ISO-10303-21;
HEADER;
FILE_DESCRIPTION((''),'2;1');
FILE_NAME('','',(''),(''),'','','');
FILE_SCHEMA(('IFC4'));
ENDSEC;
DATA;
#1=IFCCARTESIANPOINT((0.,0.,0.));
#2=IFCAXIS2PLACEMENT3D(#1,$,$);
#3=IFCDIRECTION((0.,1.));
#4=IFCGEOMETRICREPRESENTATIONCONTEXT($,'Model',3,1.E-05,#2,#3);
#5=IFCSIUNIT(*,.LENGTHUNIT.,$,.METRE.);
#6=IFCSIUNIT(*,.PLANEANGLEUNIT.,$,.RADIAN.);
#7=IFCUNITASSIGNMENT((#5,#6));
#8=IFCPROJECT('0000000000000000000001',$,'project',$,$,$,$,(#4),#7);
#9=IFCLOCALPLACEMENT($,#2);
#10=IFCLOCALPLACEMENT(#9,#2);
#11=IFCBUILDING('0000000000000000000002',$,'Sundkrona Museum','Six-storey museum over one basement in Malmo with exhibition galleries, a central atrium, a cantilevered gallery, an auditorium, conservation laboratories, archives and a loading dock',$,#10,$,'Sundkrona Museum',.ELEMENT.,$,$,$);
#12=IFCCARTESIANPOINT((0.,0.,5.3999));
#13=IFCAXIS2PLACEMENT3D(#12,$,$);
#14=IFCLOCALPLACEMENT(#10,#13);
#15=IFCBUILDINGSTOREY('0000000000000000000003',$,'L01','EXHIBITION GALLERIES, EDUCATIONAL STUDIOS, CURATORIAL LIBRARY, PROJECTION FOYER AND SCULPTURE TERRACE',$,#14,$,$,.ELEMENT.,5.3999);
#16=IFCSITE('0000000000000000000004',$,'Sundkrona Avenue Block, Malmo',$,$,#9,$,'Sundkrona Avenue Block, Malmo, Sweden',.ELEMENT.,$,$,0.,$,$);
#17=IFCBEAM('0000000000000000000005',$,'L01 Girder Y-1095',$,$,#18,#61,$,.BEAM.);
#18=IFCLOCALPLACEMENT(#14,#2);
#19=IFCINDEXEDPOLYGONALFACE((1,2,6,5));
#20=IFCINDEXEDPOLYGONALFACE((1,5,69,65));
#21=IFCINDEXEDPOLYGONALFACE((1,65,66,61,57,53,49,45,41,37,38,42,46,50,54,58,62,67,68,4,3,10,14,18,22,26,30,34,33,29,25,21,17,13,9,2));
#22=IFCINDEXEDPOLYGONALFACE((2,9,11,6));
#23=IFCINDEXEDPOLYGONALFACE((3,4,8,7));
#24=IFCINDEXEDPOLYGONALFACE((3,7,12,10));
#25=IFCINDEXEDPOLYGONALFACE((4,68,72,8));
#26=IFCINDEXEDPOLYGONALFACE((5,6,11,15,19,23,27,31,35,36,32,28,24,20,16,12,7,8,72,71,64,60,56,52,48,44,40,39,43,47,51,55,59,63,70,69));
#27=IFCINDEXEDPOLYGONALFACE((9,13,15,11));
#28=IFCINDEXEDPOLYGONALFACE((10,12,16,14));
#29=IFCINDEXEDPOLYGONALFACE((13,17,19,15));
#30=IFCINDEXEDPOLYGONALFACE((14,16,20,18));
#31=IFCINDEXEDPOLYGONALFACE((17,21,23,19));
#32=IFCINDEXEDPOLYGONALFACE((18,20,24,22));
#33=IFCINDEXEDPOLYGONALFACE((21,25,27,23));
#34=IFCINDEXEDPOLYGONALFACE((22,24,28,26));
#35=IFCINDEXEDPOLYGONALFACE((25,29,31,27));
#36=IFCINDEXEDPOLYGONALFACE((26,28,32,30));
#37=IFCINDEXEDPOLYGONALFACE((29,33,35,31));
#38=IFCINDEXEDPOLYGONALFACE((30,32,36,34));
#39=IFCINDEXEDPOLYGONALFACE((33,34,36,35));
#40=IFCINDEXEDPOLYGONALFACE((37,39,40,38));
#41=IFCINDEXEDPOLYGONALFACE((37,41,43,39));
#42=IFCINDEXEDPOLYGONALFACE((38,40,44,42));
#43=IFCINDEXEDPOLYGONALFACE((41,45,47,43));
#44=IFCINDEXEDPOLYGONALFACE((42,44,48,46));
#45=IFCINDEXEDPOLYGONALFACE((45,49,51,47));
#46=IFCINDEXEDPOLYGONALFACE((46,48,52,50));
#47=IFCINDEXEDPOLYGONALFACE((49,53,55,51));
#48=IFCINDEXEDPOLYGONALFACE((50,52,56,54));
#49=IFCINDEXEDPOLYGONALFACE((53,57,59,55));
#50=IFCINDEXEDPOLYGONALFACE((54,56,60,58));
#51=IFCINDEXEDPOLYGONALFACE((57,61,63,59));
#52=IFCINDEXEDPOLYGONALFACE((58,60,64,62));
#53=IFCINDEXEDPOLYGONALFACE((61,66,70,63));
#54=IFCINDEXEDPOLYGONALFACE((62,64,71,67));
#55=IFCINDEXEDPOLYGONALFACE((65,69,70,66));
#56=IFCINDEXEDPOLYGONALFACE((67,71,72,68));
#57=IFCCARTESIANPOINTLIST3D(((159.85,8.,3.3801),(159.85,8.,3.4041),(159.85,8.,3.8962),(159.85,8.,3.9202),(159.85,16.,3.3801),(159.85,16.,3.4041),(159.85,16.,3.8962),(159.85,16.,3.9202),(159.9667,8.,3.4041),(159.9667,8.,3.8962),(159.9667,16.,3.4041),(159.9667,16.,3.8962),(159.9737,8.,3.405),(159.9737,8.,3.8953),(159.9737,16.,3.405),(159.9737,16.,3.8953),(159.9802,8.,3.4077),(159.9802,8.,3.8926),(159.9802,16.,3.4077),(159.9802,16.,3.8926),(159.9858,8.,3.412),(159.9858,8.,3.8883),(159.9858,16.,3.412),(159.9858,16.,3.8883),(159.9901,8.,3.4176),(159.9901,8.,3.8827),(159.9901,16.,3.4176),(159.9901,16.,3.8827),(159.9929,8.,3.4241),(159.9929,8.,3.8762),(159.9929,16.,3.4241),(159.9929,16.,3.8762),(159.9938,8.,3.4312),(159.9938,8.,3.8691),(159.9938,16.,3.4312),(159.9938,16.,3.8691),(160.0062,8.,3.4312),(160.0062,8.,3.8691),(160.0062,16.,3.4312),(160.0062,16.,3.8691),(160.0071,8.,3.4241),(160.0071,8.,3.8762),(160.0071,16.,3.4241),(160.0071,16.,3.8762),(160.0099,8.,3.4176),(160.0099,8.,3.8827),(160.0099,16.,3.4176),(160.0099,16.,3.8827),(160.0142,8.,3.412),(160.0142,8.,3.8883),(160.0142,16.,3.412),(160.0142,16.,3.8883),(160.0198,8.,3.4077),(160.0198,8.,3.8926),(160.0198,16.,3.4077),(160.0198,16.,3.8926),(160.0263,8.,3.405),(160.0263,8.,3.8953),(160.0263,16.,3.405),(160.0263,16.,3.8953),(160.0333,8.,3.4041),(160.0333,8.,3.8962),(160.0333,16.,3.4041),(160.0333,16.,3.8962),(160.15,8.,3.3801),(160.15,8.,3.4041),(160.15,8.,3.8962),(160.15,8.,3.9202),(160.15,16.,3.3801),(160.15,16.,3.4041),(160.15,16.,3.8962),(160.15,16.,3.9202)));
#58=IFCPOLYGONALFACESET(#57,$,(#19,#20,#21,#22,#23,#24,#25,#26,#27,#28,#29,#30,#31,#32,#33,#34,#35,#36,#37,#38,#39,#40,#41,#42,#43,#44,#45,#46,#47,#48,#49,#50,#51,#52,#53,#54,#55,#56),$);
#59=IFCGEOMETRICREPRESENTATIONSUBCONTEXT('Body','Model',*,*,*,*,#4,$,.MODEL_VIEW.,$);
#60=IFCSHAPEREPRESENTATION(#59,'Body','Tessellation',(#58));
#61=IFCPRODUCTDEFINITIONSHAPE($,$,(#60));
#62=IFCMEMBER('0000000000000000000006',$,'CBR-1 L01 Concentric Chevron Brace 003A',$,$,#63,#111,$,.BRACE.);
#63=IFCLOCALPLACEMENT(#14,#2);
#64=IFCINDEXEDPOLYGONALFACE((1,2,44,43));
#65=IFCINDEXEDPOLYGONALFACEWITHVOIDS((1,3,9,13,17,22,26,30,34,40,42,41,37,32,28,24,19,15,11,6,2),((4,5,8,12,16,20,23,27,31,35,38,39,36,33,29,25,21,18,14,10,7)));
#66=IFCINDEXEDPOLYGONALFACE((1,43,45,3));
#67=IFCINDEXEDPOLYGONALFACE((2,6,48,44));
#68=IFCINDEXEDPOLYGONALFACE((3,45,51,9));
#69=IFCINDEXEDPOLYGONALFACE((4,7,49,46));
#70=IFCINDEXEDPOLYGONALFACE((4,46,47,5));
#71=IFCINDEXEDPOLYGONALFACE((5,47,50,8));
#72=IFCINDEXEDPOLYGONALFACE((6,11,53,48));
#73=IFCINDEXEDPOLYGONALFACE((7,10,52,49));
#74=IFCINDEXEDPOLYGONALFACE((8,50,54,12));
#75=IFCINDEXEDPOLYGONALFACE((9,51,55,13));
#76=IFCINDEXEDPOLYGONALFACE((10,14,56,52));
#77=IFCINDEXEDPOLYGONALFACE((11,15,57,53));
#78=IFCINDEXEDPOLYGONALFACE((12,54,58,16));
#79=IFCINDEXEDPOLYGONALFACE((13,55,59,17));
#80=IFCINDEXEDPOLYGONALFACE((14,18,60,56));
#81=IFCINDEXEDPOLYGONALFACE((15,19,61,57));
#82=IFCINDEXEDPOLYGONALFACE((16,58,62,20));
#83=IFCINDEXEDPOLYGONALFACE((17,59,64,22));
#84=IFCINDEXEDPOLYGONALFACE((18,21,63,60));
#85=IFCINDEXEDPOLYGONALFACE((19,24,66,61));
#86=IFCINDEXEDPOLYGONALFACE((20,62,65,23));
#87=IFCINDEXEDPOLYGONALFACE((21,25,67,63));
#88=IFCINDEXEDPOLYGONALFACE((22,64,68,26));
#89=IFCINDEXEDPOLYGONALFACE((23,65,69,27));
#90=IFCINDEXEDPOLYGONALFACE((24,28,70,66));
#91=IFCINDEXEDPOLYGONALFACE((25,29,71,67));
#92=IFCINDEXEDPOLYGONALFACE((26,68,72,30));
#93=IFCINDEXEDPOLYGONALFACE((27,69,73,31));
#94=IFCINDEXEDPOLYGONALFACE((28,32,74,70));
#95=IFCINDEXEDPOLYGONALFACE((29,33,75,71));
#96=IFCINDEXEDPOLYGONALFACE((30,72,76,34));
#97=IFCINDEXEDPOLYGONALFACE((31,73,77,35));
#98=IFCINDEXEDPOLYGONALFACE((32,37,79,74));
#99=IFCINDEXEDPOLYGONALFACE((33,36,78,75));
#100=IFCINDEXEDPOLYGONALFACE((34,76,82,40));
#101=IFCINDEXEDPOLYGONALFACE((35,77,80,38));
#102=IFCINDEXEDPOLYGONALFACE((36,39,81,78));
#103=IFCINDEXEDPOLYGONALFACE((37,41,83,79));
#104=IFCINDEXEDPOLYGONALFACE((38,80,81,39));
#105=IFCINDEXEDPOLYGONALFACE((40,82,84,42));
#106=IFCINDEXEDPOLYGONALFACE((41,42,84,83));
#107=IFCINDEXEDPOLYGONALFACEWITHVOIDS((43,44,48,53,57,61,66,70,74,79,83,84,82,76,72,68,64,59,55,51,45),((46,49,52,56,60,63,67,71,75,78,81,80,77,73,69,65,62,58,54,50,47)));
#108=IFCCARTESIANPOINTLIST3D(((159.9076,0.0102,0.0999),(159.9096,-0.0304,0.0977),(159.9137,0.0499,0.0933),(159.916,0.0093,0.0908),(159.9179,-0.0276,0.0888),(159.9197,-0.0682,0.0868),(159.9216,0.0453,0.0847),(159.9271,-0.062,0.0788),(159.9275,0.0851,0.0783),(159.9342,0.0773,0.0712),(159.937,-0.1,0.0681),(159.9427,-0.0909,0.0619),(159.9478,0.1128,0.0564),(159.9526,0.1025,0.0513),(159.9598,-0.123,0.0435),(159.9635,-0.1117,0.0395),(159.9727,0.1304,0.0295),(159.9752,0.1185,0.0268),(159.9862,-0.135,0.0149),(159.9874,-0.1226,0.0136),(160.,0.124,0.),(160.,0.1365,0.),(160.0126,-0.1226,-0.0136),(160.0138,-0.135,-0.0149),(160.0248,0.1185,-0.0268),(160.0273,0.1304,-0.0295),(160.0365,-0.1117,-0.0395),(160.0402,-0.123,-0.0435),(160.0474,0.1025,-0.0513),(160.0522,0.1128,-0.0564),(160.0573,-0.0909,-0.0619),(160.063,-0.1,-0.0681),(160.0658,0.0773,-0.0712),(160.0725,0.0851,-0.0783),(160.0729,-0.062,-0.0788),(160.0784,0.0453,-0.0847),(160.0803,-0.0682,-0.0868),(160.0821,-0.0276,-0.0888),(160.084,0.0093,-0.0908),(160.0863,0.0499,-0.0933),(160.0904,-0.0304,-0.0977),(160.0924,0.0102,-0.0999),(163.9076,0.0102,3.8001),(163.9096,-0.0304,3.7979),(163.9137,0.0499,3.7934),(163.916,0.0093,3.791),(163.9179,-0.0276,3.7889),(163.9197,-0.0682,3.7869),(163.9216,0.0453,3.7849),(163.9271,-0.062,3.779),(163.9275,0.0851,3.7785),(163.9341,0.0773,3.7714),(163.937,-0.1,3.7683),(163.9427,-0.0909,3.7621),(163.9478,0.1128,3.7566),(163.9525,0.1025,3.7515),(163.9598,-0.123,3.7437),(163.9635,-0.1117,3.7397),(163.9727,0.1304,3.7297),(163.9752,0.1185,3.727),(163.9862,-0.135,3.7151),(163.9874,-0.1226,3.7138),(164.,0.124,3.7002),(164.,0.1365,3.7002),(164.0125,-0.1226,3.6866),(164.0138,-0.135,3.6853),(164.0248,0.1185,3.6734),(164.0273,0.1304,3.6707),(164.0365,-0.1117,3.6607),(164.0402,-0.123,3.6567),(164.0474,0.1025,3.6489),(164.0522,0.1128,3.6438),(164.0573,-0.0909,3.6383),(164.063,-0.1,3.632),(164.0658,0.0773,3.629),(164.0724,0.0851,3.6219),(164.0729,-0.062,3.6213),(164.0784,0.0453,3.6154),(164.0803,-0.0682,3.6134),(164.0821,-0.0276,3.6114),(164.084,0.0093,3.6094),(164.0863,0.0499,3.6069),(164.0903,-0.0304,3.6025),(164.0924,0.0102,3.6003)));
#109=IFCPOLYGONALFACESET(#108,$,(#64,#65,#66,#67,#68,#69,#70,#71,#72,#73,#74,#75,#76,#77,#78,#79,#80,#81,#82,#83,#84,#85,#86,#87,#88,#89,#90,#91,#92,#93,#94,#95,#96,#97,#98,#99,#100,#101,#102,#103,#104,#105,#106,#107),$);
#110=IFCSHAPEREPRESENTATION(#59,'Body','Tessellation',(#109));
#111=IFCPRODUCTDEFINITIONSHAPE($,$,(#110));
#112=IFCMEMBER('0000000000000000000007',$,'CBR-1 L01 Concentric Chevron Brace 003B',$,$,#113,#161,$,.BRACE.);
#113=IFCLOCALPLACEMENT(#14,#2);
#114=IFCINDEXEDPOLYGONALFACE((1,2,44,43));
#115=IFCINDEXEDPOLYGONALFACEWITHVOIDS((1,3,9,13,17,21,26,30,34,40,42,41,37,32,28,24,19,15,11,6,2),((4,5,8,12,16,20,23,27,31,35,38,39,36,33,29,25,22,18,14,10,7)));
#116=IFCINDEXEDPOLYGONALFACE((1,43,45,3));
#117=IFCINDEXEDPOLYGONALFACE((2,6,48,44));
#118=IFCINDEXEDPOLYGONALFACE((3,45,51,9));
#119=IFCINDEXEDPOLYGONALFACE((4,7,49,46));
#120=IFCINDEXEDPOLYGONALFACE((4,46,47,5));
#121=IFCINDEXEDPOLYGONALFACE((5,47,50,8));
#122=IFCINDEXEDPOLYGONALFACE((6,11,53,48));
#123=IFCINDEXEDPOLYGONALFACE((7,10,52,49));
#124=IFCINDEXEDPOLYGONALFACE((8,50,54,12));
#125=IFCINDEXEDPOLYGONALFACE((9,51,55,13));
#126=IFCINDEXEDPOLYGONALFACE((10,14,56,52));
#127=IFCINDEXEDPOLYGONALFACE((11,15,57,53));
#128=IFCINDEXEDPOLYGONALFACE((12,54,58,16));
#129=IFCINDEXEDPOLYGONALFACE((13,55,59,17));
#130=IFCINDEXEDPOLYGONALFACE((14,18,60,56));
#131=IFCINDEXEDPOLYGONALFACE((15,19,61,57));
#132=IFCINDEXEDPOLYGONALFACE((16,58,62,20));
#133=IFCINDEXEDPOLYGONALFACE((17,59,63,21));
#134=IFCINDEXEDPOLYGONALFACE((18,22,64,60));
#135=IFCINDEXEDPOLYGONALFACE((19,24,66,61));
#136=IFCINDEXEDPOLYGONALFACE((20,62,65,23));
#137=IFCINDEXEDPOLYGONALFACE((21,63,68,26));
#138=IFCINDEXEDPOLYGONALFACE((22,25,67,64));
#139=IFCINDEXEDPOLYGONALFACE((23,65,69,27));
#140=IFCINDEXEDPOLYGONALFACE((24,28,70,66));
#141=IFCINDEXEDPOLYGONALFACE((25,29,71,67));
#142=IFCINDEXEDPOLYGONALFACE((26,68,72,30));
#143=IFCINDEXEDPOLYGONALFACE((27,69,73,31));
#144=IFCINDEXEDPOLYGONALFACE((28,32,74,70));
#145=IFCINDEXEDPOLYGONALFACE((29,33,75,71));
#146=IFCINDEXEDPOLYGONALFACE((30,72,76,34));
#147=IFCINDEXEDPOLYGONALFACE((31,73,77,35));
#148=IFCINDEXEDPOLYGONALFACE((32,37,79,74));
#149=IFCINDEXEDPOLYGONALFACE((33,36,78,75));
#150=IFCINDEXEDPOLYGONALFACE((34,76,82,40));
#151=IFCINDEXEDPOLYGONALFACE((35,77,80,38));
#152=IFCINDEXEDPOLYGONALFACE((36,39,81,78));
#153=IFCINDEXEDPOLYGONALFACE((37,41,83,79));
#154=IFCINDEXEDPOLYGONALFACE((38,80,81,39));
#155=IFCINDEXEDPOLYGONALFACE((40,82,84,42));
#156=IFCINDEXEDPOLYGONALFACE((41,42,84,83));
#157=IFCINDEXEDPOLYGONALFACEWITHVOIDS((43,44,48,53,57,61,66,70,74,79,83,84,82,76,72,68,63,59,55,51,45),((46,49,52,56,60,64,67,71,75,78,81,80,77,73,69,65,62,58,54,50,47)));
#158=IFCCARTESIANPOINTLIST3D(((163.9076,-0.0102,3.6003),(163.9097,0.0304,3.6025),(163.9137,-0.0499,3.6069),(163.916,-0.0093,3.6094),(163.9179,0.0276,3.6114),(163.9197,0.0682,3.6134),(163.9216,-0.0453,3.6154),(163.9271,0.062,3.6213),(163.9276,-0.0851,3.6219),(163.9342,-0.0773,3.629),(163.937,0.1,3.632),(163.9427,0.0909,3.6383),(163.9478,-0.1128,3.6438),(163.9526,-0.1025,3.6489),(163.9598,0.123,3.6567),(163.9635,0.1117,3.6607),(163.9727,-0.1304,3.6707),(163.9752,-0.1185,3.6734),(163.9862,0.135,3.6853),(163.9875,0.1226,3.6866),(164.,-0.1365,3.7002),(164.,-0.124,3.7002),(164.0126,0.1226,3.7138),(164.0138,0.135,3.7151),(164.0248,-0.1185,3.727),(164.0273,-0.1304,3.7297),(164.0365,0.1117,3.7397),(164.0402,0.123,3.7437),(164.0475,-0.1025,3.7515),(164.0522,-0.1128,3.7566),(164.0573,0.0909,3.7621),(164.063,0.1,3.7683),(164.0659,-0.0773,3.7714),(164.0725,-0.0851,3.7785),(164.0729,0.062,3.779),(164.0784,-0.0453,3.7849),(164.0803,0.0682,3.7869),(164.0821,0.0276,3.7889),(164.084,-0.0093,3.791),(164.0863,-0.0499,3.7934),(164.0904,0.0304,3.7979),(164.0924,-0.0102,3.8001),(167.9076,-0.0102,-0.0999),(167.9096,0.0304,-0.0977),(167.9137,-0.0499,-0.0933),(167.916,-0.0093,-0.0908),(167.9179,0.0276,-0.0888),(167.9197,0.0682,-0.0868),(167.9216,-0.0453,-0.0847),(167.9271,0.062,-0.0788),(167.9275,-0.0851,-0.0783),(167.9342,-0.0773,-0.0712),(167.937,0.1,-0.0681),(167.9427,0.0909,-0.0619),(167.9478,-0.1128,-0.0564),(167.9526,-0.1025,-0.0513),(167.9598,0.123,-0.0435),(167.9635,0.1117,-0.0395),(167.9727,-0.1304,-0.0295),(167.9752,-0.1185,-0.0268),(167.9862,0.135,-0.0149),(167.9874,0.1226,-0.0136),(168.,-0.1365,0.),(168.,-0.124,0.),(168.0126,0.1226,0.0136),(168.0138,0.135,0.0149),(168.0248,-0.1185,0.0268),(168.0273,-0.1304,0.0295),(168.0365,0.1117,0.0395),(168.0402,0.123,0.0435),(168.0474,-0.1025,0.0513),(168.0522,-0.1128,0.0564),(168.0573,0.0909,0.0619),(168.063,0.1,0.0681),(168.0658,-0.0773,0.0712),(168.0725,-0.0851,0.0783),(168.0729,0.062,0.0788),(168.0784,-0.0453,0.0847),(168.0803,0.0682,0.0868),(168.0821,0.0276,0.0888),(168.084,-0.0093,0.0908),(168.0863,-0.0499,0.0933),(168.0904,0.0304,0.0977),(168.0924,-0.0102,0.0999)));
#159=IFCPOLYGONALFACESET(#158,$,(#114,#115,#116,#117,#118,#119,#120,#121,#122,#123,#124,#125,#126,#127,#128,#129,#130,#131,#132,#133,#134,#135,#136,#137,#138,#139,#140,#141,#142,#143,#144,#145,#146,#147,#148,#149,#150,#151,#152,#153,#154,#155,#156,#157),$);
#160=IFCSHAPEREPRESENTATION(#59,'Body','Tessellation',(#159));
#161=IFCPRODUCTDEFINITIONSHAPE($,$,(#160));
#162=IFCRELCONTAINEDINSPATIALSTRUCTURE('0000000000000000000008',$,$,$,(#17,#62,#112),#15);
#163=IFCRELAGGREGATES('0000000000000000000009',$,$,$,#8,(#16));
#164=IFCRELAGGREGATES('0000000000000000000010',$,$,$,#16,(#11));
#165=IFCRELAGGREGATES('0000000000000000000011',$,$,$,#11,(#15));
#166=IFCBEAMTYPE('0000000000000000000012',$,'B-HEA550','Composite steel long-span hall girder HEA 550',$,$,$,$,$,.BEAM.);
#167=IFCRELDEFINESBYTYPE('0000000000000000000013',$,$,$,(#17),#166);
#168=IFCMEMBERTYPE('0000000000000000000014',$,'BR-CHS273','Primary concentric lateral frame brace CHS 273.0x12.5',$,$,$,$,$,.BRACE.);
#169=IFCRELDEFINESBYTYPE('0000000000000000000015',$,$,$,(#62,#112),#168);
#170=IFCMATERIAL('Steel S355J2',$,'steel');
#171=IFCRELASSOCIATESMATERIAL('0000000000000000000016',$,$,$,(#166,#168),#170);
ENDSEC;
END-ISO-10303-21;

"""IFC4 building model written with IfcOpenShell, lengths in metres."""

from ifc_helpers import new_model, si_unit, direction, frame, origin, origin_2d, place, context, subcontext, project, spatial, hollow_circle, i_section, extrude, material, material_profile, profile_set, type_object, element, save


model = new_model("IFC4")

# Units and contexts
model_context = context("Model", 3, precision=1e-05, world=origin(), true_north=direction((0.0, 1.0)))
body_context = subcontext(model_context, "Body", "Model", "MODEL_VIEW")
ifc_project = project(units=[si_unit("LENGTHUNIT", "METRE"), si_unit("PLANEANGLEUNIT", "RADIAN")], contexts=[model_context])

# Site, building, storey
site_placement = place(None, origin())
site = spatial("IfcSite", under=ifc_project, at=site_placement, Name="Sundkrona Avenue Block, Malmo", LongName="Sundkrona Avenue Block, Malmo, Sweden", CompositionType="ELEMENT", RefElevation=0.0)
building_placement = place(site_placement, origin())
building = spatial("IfcBuilding", under=site, at=building_placement, Name="Sundkrona Museum", Description="Six-storey museum over one basement in Malmo with exhibition galleries, a central atrium, a cantilevered gallery, an auditorium, conservation laboratories, archives and a loading dock", LongName="Sundkrona Museum", CompositionType="ELEMENT")
storey_placement = place(building_placement, frame((0.0, 0.0, 5.3999)))
storey = spatial("IfcBuildingStorey", under=building, at=storey_placement, Name="L01", Description="EXHIBITION GALLERIES, EDUCATIONAL STUDIOS, CURATORIAL LIBRARY, PROJECTION FOYER AND SCULPTURE TERRACE", CompositionType="ELEMENT", Elevation=5.3999)

# Shared definitions
ifc_material_1 = material(Name="Steel S355J2", Category="steel")

# Beam
ifc_material_profile_1 = material_profile(ifc_material_1, i_section(OverallWidth=0.3, OverallDepth=0.54, WebThickness=0.0125, FlangeThickness=0.0239, FilletRadius=0.0271, at=origin_2d()), Name="HEA 550")
ifc_profile_set_1 = profile_set([ifc_material_profile_1], Name="Steel S355J2")
beam_type_1 = type_object("IfcBeamType", Name="B-HEA550", Description="Composite steel long-span hall girder HEA 550", PredefinedType="BEAM", material=ifc_profile_set_1)
for number, where, z_axis, x_axis, name in (
    (1, (160.0, 8.0, 3.6501), (0.0, 1.0, 0.0), (-1.0, 0.0, 0.0), "L01 Girder Y-1095"),
):
    element("IfcBeam", number, at=place(storey_placement, frame(where, z_axis=z_axis, x_axis=x_axis)), inside=storey, type_object=beam_type_1, Name=name, PredefinedType="BEAM", context=body_context, shape_type="SweptSolid", body=[
        extrude(i_section(OverallWidth=0.3, OverallDepth=0.54, WebThickness=0.0125, FlangeThickness=0.0239, FilletRadius=0.0271, at=origin_2d()), origin(), (0.0, 0.0, 1.0), 8.0),
    ])

# Members
ifc_material_profile_2 = material_profile(ifc_material_1, hollow_circle(Radius=0.1365, WallThickness=0.0125, at=origin_2d()), Name="CHS 273.0x12.5")
ifc_profile_set_2 = profile_set([ifc_material_profile_2], Name="Steel S355J2")
member_type = type_object("IfcMemberType", Name="BR-CHS273", Description="Primary concentric lateral frame brace CHS 273.0x12.5", PredefinedType="BRACE", material=ifc_profile_set_2)
for number, where, z_axis, x_axis, name in (
    (2, (160.0, 0.0, 0.0), (0.734082, 0.0, 0.679061), (0.0, 1.0, 0.0), "CBR-1 L01 Concentric Chevron Brace 003A"),
    (3, (168.0, 0.0, 0.0), (-0.734082, 0.0, 0.679061), (0.0, -1.0, 0.0), "CBR-1 L01 Concentric Chevron Brace 003B"),
):
    element("IfcMember", number, at=place(storey_placement, frame(where, z_axis=z_axis, x_axis=x_axis)), inside=storey, type_object=member_type, Name=name, PredefinedType="BRACE", context=body_context, shape_type="SweptSolid", body=[
        extrude(hollow_circle(Radius=0.1365, WallThickness=0.0125, at=origin_2d()), origin(), (0.0, 0.0, 1.0), 5.449),
    ])

save(model, "model.ifc")
